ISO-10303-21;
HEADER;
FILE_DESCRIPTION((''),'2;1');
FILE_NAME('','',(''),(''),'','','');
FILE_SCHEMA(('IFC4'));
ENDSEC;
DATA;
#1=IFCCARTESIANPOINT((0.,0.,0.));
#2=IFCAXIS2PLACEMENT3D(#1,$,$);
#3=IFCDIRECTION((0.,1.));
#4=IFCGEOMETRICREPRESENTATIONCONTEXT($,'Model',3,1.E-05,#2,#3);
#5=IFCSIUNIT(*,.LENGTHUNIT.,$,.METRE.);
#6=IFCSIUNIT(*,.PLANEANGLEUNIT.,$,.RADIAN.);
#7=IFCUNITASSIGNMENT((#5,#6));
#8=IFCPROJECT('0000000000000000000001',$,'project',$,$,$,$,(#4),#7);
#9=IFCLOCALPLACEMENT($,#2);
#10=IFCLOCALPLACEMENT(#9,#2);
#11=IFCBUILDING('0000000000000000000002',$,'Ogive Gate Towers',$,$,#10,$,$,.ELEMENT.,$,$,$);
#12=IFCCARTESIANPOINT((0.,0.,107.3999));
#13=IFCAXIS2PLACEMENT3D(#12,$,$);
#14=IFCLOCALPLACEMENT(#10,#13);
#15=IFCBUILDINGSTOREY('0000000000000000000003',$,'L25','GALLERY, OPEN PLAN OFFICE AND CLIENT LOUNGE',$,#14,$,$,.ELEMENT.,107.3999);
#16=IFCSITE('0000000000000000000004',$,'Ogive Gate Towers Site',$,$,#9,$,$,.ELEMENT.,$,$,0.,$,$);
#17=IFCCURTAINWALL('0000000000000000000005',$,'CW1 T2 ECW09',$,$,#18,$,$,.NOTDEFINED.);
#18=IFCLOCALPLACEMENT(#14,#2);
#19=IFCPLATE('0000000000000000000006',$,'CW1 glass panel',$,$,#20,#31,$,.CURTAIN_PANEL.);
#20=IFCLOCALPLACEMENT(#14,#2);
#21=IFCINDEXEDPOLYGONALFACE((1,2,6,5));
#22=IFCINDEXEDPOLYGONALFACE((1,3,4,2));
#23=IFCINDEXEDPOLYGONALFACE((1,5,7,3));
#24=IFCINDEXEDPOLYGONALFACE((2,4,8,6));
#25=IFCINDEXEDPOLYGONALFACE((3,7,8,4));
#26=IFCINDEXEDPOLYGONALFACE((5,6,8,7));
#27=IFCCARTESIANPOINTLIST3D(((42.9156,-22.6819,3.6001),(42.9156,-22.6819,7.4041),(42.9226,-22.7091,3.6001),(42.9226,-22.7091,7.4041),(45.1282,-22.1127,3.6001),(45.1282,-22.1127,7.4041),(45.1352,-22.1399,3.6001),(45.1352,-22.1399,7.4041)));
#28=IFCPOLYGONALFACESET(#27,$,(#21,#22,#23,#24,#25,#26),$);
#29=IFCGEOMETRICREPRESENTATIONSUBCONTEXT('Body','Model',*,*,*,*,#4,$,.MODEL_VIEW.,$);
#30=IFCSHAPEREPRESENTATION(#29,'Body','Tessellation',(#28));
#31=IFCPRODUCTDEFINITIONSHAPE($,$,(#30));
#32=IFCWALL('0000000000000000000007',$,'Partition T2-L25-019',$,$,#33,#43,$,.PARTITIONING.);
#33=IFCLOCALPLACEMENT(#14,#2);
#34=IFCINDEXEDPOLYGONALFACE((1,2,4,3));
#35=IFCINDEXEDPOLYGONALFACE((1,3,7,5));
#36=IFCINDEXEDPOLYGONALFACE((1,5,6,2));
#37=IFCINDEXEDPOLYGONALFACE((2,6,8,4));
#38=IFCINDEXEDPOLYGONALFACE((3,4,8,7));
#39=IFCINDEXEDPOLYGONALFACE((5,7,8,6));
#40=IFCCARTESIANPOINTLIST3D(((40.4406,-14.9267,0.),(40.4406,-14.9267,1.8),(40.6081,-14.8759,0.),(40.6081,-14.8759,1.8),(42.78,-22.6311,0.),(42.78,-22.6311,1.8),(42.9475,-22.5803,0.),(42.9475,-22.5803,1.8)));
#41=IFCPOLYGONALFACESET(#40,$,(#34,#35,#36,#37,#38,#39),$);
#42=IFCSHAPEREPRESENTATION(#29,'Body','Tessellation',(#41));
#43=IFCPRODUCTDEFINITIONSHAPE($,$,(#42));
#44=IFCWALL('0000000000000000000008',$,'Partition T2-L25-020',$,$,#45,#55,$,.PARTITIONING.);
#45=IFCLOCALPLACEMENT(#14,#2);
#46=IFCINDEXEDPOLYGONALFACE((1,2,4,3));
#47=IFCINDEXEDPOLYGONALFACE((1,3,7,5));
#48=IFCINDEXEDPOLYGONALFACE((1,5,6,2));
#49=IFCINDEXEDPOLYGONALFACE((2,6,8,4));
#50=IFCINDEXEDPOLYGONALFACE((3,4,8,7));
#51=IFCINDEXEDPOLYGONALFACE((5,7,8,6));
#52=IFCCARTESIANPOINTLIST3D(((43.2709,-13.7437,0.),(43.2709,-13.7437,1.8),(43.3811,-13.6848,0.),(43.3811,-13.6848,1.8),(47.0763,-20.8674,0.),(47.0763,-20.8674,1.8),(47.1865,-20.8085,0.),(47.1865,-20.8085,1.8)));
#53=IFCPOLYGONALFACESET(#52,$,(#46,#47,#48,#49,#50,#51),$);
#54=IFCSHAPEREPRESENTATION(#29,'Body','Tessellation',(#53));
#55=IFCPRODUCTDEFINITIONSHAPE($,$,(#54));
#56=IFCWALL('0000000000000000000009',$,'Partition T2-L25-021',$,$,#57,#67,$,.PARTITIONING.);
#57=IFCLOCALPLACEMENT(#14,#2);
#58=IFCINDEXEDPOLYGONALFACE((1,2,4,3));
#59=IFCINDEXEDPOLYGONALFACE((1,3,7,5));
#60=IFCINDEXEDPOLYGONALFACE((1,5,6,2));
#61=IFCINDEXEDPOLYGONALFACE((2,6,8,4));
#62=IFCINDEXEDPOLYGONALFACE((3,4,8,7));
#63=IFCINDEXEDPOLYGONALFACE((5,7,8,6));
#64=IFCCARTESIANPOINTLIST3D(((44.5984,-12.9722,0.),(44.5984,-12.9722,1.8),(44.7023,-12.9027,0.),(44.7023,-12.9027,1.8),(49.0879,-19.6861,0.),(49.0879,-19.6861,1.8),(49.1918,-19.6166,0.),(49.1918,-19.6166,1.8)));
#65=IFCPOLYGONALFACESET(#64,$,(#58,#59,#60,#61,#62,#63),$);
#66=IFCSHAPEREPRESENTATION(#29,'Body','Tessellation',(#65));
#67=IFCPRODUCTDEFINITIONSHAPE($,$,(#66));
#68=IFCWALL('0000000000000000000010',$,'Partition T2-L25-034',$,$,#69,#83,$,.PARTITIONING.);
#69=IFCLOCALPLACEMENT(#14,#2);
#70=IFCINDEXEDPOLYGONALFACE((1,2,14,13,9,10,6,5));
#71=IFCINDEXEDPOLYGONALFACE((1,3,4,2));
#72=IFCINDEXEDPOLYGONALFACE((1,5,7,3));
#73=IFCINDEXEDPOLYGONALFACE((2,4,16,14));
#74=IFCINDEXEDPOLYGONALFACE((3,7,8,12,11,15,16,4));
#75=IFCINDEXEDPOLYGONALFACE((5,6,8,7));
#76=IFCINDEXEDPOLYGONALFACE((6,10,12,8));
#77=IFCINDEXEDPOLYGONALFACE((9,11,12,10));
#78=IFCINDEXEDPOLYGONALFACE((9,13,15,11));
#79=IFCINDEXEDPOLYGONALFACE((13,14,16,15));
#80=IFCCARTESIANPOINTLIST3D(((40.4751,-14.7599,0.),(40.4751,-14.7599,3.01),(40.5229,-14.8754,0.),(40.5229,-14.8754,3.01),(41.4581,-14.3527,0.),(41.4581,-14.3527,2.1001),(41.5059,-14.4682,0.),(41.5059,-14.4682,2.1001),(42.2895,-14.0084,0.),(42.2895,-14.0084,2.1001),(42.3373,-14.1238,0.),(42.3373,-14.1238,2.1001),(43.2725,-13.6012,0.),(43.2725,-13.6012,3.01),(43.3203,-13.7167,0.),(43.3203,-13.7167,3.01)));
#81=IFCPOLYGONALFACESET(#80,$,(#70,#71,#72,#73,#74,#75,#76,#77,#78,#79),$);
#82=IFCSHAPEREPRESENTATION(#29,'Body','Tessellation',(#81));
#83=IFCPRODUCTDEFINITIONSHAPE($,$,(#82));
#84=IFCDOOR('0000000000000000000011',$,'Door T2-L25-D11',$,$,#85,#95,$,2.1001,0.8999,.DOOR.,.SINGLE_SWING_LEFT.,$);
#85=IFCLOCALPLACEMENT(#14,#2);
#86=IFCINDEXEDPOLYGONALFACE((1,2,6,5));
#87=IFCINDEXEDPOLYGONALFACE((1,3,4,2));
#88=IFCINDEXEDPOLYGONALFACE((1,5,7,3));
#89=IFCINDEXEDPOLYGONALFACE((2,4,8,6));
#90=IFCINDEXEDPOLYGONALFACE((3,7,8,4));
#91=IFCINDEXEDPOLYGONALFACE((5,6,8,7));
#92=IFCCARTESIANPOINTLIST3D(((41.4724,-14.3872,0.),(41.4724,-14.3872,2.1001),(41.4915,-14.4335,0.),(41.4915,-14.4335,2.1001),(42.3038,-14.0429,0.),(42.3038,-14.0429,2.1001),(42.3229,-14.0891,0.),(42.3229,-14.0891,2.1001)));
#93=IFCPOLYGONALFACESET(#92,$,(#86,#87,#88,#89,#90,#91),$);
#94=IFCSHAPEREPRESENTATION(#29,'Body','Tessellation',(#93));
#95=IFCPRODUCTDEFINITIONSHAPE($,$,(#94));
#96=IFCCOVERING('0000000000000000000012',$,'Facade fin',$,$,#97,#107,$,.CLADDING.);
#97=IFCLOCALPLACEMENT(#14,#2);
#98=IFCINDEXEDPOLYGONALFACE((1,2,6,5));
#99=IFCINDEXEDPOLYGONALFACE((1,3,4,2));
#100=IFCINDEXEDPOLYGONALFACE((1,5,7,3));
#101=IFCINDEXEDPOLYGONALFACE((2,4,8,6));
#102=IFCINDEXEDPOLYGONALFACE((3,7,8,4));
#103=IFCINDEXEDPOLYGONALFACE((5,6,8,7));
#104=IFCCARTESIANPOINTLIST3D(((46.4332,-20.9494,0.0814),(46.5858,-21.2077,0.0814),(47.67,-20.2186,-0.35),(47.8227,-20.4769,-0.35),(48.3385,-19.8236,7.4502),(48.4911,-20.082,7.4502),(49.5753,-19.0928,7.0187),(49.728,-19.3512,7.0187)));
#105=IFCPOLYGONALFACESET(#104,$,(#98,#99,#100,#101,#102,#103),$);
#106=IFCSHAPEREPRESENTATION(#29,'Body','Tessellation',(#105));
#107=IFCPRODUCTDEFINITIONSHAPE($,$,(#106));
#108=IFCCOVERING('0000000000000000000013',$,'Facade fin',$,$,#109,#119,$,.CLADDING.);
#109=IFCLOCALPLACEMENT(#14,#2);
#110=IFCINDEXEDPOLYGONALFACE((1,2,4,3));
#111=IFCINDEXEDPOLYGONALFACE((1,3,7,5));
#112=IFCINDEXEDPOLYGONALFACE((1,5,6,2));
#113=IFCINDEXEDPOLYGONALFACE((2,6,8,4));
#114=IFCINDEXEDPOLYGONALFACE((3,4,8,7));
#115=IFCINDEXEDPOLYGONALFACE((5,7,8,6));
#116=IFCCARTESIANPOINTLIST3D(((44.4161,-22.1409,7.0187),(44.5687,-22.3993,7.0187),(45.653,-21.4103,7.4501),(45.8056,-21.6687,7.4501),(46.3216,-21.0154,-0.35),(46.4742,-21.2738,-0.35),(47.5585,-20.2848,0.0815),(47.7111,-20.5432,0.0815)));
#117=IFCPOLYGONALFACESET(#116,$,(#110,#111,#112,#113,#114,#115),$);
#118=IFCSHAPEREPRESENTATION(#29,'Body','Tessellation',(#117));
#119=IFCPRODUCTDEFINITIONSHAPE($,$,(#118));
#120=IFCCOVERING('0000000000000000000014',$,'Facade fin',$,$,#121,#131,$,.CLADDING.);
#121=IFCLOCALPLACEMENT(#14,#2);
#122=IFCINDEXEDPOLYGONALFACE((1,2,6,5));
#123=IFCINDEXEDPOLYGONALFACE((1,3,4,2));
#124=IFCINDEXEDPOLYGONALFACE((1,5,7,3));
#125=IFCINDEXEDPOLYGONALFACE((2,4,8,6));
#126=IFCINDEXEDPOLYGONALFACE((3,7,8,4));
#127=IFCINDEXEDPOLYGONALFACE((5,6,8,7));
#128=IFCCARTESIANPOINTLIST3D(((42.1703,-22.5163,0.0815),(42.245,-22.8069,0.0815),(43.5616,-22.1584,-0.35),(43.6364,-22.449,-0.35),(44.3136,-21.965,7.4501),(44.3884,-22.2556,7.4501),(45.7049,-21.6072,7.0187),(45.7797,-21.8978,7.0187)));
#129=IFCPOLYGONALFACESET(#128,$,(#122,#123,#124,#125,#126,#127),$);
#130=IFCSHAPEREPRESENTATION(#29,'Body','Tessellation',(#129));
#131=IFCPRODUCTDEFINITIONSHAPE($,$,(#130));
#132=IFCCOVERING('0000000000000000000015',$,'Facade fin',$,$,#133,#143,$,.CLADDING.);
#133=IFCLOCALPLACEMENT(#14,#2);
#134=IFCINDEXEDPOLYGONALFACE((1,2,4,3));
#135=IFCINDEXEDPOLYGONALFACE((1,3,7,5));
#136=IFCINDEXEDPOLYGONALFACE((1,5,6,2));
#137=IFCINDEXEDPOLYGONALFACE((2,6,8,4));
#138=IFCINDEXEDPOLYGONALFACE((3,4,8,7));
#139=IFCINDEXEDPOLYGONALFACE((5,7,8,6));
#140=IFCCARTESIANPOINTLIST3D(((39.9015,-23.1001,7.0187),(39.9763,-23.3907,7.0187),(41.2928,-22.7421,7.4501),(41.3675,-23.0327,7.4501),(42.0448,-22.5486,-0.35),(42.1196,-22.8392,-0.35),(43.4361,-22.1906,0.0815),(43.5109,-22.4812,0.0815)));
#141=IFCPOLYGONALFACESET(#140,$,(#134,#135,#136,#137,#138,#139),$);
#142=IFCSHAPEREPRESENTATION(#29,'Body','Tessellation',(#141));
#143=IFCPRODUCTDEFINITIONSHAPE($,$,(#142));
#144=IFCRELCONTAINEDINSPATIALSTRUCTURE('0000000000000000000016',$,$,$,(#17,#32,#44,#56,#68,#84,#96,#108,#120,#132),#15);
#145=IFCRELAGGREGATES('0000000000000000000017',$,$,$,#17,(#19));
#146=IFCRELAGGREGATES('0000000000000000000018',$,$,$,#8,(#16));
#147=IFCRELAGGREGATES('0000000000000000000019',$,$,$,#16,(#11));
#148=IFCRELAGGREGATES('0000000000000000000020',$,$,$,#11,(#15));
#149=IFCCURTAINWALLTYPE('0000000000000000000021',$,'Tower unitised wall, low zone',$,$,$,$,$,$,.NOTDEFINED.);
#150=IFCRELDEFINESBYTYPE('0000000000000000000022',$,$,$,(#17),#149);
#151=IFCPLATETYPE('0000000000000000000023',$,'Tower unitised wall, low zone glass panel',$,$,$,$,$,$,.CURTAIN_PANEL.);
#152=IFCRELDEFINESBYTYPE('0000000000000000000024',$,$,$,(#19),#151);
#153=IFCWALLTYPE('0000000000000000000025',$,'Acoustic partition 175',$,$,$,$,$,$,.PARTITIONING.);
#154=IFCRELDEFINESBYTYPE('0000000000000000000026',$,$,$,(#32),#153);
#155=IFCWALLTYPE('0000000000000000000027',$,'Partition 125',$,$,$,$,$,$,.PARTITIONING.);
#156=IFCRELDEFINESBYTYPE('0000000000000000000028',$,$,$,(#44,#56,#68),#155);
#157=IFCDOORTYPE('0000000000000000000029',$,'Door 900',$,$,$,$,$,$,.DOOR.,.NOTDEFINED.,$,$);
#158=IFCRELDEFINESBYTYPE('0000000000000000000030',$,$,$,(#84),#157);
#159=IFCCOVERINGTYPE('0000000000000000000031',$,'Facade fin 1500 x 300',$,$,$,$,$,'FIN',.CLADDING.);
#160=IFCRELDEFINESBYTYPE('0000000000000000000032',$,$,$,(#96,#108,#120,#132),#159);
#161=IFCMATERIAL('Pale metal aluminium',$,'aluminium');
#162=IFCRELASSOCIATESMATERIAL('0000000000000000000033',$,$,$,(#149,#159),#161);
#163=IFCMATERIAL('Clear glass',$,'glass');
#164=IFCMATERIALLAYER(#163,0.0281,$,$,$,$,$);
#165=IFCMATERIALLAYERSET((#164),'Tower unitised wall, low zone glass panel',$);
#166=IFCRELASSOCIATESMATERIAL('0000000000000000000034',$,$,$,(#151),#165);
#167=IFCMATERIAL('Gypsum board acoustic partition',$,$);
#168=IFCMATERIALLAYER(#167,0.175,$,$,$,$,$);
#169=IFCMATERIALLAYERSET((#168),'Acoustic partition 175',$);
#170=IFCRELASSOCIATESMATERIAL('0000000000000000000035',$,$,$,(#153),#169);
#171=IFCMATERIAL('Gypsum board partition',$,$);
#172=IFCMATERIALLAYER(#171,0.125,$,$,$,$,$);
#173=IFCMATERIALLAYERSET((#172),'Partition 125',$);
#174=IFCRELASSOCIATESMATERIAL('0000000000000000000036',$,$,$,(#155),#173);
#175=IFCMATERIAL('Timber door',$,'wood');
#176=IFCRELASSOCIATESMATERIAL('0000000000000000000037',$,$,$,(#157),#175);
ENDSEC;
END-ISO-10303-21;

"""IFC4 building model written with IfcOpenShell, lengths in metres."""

from ifc_helpers import new_model, si_unit, direction, frame, frame_2d, origin, origin_2d, place, context, subcontext, project, spatial, rectangle, extrude, material, layer, layer_set, material_profile, profile_set, type_object, element, fill, aggregate, save


model = new_model("IFC4")

# Units and contexts
model_context = context("Model", 3, precision=1e-05, world=origin(), true_north=direction((0.0, 1.0)))
body_context = subcontext(model_context, "Body", "Model", "MODEL_VIEW")
ifc_project = project(units=[si_unit("LENGTHUNIT", "METRE"), si_unit("PLANEANGLEUNIT", "RADIAN")], contexts=[model_context])

# Site, building, storey
site_placement = place(None, origin())
site = spatial("IfcSite", under=ifc_project, at=site_placement, Name="Ogive Gate Towers Site", CompositionType="ELEMENT", RefElevation=0.0)
building_placement = place(site_placement, origin())
building = spatial("IfcBuilding", under=site, at=building_placement, Name="Ogive Gate Towers", CompositionType="ELEMENT")
storey_placement = place(building_placement, frame((0.0, 0.0, 107.3999)))
storey = spatial("IfcBuildingStorey", under=building, at=storey_placement, Name="L25", Description="GALLERY, OPEN PLAN OFFICE AND CLIENT LOUNGE", CompositionType="ELEMENT", Elevation=107.3999)

# Curtain wall, plate
ifc_material_1 = material(Name="Pale metal aluminium", Category="aluminium")
curtain_wall_type = type_object("IfcCurtainWallType", Name="Tower unitised wall, low zone", PredefinedType="NOTDEFINED", material=ifc_material_1)
curtain_wall_placement = place(storey_placement, origin())
curtain_wall = element("IfcCurtainWall", 1, at=curtain_wall_placement, inside=storey, type_object=curtain_wall_type, Name="CW1 T2 ECW09", PredefinedType="NOTDEFINED")
ifc_material_2 = material(Name="Clear glass", Category="glass")
ifc_layer_1 = layer(ifc_material_2, 0.0281)
ifc_layer_set_1 = layer_set([ifc_layer_1], Name="Tower unitised wall, low zone glass panel")
plate_type = type_object("IfcPlateType", Name="Tower unitised wall, low zone glass panel", PredefinedType="CURTAIN_PANEL", material=ifc_layer_set_1)
plate_1_placement = place(storey_placement, frame((44.0254, -22.4109, 3.6001), z_axis=(0.0, 0.0, 1.0), x_axis=(-0.968475, -0.249112, 0.0)))
plate_1 = element("IfcPlate", 2, at=plate_1_placement, type_object=plate_type, Name="CW1 glass panel", PredefinedType="CURTAIN_PANEL", context=body_context, shape_type="SweptSolid", body=[
    extrude(rectangle(XDim=2.2847, YDim=0.0281, at=origin_2d()), origin(), (0.0, 0.0, 1.0), 3.804),
])
aggregate(curtain_wall, [plate_1])

# Walls
ifc_material_3 = material(Name="Gypsum board acoustic partition")
ifc_layer_2 = layer(ifc_material_3, 0.175)
ifc_layer_set_2 = layer_set([ifc_layer_2], Name="Acoustic partition 175")
wall_type_1 = type_object("IfcWallType", Name="Acoustic partition 175", PredefinedType="PARTITIONING", material=ifc_layer_set_2)
wall_1_placement = place(storey_placement, frame((42.8638, -22.6057, 0.0), z_axis=(0.0, 0.0, 1.0), x_axis=(-0.290543, 0.956862, 0.0)))
element("IfcWall", 3, at=wall_1_placement, inside=storey, type_object=wall_type_1, Name="Partition T2-L25-019", PredefinedType="PARTITIONING", context=body_context, shape_type="SweptSolid", body=[
    extrude(rectangle(XDim=8.0518, YDim=0.175, at=frame_2d((4.0259, 0.0))), origin(), (0.0, 0.0, 1.0), 1.8),
])
ifc_material_4 = material(Name="Gypsum board partition")
ifc_layer_3 = layer(ifc_material_4, 0.125)
ifc_layer_set_3 = layer_set([ifc_layer_3], Name="Partition 125")
wall_type_2 = type_object("IfcWallType", Name="Partition 125", PredefinedType="PARTITIONING", material=ifc_layer_set_3)
wall_2_placement = place(storey_placement, frame((47.1313, -20.8379, 0.0), z_axis=(0.0, 0.0, 1.0), x_axis=(-0.471173, 0.882041, 0.0)))
element("IfcWall", 4, at=wall_2_placement, inside=storey, type_object=wall_type_2, Name="Partition T2-L25-020", PredefinedType="PARTITIONING", context=body_context, shape_type="SweptSolid", body=[
    extrude(rectangle(XDim=8.0764, YDim=0.125, at=frame_2d((4.0381, 0.0))), origin(), (0.0, 0.0, 1.0), 1.8),
])
wall_3_placement = place(storey_placement, frame((49.1399, -19.6514, 0.0), z_axis=(0.0, 0.0, 1.0), x_axis=(-0.555865, 0.831273, 0.0)))
element("IfcWall", 5, at=wall_3_placement, inside=storey, type_object=wall_type_2, Name="Partition T2-L25-021", PredefinedType="PARTITIONING", context=body_context, shape_type="SweptSolid", body=[
    extrude(rectangle(XDim=8.0767, YDim=0.125, at=frame_2d((4.0383, 0.0))), origin(), (0.0, 0.0, 1.0), 1.8),
])

# Wall, opening, door
wall_4_placement = place(storey_placement, frame((43.2964, -13.6589, 0.0), z_axis=(0.0, 0.0, 1.0), x_axis=(-0.923881, -0.382679, 0.0)))
wall_4 = element("IfcWall", 6, at=wall_4_placement, inside=storey, type_object=wall_type_2, Name="Partition T2-L25-034", PredefinedType="PARTITIONING", context=body_context, shape_type="SweptSolid", body=[
    extrude(rectangle(XDim=3.0278, YDim=0.125, at=frame_2d((1.5139, 0.0))), origin(), (0.0, 0.0, 1.0), 3.01),
])
opening_placement = place(wall_4_placement, frame((1.064, 0.0, 0.0)))
opening = element("IfcOpeningElement", 7, at=opening_placement, cuts=wall_4, PredefinedType="OPENING", context=body_context, shape_type="SweptSolid", body=[
    extrude(rectangle(XDim=0.8999, YDim=2.1001, at=frame_2d((0.45, 1.05))), frame((0.0, 0.0725, 0.0), z_axis=(0.0, -1.0, 0.0), x_axis=(1.0, 0.0, 0.0)), (0.0, 0.0, 1.0), 0.145),
])
ifc_material_5 = material(Name="Timber door", Category="wood")
door_type = type_object("IfcDoorType", Name="Door 900", OperationType="NOTDEFINED", PredefinedType="DOOR", material=ifc_material_5)
door_placement = place(opening_placement, origin())
door = element("IfcDoor", 8, at=door_placement, inside=storey, type_object=door_type, Name="Door T2-L25-D11", OperationType="SINGLE_SWING_LEFT", OverallHeight=2.1001, OverallWidth=0.8999, PredefinedType="DOOR", context=body_context, shape_type="SweptSolid", body=[
    extrude(rectangle(XDim=0.8999, YDim=2.1001, at=frame_2d((0.45, 1.05))), frame((0.0, 0.0249, 0.0), z_axis=(0.0, -1.0, 0.0), x_axis=(1.0, 0.0, 0.0)), (0.0, 0.0, 1.0), 0.05),
])
fill(opening, door)

# Coverings
ifc_material_profile_1 = material_profile(ifc_material_1, rectangle(XDim=0.3, YDim=1.5, at=origin_2d()), Name="1500 x 300 pale metal aluminium")
ifc_profile_set_1 = profile_set([ifc_material_profile_1], Name="Pale metal aluminium")
covering_type = type_object("IfcCoveringType", Name="Facade fin 1500 x 300", ElementType="FIN", PredefinedType="CLADDING", material=ifc_profile_set_1)
for number, where, z_axis, x_axis, name in (
    (9, (47.1279, -20.7131, -0.1343), (0.247638, 0.146317, 0.95774), (-0.508692, 0.860948, 0.0), "Facade fin"),
    (10, (47.0164, -20.7793, -0.1343), (-0.247669, -0.146285, 0.957737), (0.508562, -0.861025, 0.0), "Facade fin"),
    (11, (42.9033, -22.4827, -0.1343), (0.278576, 0.071651, 0.957738), (-0.249097, 0.968478, 0.0), "Facade fin"),
    (12, (42.7778, -22.5149, -0.1343), (-0.278575, -0.071683, 0.957736), (0.249201, -0.968452, 0.0), "Facade fin"),
):
    element("IfcCovering", number, at=place(storey_placement, frame(where, z_axis=z_axis, x_axis=x_axis)), inside=storey, type_object=covering_type, Name=name, PredefinedType="CLADDING", context=body_context, shape_type="SweptSolid", body=[
        extrude(rectangle(XDim=0.3, YDim=1.5, at=origin_2d()), origin(), (0.0, 0.0, 1.0), 7.6938),
    ])

save(model, "model.ifc")
